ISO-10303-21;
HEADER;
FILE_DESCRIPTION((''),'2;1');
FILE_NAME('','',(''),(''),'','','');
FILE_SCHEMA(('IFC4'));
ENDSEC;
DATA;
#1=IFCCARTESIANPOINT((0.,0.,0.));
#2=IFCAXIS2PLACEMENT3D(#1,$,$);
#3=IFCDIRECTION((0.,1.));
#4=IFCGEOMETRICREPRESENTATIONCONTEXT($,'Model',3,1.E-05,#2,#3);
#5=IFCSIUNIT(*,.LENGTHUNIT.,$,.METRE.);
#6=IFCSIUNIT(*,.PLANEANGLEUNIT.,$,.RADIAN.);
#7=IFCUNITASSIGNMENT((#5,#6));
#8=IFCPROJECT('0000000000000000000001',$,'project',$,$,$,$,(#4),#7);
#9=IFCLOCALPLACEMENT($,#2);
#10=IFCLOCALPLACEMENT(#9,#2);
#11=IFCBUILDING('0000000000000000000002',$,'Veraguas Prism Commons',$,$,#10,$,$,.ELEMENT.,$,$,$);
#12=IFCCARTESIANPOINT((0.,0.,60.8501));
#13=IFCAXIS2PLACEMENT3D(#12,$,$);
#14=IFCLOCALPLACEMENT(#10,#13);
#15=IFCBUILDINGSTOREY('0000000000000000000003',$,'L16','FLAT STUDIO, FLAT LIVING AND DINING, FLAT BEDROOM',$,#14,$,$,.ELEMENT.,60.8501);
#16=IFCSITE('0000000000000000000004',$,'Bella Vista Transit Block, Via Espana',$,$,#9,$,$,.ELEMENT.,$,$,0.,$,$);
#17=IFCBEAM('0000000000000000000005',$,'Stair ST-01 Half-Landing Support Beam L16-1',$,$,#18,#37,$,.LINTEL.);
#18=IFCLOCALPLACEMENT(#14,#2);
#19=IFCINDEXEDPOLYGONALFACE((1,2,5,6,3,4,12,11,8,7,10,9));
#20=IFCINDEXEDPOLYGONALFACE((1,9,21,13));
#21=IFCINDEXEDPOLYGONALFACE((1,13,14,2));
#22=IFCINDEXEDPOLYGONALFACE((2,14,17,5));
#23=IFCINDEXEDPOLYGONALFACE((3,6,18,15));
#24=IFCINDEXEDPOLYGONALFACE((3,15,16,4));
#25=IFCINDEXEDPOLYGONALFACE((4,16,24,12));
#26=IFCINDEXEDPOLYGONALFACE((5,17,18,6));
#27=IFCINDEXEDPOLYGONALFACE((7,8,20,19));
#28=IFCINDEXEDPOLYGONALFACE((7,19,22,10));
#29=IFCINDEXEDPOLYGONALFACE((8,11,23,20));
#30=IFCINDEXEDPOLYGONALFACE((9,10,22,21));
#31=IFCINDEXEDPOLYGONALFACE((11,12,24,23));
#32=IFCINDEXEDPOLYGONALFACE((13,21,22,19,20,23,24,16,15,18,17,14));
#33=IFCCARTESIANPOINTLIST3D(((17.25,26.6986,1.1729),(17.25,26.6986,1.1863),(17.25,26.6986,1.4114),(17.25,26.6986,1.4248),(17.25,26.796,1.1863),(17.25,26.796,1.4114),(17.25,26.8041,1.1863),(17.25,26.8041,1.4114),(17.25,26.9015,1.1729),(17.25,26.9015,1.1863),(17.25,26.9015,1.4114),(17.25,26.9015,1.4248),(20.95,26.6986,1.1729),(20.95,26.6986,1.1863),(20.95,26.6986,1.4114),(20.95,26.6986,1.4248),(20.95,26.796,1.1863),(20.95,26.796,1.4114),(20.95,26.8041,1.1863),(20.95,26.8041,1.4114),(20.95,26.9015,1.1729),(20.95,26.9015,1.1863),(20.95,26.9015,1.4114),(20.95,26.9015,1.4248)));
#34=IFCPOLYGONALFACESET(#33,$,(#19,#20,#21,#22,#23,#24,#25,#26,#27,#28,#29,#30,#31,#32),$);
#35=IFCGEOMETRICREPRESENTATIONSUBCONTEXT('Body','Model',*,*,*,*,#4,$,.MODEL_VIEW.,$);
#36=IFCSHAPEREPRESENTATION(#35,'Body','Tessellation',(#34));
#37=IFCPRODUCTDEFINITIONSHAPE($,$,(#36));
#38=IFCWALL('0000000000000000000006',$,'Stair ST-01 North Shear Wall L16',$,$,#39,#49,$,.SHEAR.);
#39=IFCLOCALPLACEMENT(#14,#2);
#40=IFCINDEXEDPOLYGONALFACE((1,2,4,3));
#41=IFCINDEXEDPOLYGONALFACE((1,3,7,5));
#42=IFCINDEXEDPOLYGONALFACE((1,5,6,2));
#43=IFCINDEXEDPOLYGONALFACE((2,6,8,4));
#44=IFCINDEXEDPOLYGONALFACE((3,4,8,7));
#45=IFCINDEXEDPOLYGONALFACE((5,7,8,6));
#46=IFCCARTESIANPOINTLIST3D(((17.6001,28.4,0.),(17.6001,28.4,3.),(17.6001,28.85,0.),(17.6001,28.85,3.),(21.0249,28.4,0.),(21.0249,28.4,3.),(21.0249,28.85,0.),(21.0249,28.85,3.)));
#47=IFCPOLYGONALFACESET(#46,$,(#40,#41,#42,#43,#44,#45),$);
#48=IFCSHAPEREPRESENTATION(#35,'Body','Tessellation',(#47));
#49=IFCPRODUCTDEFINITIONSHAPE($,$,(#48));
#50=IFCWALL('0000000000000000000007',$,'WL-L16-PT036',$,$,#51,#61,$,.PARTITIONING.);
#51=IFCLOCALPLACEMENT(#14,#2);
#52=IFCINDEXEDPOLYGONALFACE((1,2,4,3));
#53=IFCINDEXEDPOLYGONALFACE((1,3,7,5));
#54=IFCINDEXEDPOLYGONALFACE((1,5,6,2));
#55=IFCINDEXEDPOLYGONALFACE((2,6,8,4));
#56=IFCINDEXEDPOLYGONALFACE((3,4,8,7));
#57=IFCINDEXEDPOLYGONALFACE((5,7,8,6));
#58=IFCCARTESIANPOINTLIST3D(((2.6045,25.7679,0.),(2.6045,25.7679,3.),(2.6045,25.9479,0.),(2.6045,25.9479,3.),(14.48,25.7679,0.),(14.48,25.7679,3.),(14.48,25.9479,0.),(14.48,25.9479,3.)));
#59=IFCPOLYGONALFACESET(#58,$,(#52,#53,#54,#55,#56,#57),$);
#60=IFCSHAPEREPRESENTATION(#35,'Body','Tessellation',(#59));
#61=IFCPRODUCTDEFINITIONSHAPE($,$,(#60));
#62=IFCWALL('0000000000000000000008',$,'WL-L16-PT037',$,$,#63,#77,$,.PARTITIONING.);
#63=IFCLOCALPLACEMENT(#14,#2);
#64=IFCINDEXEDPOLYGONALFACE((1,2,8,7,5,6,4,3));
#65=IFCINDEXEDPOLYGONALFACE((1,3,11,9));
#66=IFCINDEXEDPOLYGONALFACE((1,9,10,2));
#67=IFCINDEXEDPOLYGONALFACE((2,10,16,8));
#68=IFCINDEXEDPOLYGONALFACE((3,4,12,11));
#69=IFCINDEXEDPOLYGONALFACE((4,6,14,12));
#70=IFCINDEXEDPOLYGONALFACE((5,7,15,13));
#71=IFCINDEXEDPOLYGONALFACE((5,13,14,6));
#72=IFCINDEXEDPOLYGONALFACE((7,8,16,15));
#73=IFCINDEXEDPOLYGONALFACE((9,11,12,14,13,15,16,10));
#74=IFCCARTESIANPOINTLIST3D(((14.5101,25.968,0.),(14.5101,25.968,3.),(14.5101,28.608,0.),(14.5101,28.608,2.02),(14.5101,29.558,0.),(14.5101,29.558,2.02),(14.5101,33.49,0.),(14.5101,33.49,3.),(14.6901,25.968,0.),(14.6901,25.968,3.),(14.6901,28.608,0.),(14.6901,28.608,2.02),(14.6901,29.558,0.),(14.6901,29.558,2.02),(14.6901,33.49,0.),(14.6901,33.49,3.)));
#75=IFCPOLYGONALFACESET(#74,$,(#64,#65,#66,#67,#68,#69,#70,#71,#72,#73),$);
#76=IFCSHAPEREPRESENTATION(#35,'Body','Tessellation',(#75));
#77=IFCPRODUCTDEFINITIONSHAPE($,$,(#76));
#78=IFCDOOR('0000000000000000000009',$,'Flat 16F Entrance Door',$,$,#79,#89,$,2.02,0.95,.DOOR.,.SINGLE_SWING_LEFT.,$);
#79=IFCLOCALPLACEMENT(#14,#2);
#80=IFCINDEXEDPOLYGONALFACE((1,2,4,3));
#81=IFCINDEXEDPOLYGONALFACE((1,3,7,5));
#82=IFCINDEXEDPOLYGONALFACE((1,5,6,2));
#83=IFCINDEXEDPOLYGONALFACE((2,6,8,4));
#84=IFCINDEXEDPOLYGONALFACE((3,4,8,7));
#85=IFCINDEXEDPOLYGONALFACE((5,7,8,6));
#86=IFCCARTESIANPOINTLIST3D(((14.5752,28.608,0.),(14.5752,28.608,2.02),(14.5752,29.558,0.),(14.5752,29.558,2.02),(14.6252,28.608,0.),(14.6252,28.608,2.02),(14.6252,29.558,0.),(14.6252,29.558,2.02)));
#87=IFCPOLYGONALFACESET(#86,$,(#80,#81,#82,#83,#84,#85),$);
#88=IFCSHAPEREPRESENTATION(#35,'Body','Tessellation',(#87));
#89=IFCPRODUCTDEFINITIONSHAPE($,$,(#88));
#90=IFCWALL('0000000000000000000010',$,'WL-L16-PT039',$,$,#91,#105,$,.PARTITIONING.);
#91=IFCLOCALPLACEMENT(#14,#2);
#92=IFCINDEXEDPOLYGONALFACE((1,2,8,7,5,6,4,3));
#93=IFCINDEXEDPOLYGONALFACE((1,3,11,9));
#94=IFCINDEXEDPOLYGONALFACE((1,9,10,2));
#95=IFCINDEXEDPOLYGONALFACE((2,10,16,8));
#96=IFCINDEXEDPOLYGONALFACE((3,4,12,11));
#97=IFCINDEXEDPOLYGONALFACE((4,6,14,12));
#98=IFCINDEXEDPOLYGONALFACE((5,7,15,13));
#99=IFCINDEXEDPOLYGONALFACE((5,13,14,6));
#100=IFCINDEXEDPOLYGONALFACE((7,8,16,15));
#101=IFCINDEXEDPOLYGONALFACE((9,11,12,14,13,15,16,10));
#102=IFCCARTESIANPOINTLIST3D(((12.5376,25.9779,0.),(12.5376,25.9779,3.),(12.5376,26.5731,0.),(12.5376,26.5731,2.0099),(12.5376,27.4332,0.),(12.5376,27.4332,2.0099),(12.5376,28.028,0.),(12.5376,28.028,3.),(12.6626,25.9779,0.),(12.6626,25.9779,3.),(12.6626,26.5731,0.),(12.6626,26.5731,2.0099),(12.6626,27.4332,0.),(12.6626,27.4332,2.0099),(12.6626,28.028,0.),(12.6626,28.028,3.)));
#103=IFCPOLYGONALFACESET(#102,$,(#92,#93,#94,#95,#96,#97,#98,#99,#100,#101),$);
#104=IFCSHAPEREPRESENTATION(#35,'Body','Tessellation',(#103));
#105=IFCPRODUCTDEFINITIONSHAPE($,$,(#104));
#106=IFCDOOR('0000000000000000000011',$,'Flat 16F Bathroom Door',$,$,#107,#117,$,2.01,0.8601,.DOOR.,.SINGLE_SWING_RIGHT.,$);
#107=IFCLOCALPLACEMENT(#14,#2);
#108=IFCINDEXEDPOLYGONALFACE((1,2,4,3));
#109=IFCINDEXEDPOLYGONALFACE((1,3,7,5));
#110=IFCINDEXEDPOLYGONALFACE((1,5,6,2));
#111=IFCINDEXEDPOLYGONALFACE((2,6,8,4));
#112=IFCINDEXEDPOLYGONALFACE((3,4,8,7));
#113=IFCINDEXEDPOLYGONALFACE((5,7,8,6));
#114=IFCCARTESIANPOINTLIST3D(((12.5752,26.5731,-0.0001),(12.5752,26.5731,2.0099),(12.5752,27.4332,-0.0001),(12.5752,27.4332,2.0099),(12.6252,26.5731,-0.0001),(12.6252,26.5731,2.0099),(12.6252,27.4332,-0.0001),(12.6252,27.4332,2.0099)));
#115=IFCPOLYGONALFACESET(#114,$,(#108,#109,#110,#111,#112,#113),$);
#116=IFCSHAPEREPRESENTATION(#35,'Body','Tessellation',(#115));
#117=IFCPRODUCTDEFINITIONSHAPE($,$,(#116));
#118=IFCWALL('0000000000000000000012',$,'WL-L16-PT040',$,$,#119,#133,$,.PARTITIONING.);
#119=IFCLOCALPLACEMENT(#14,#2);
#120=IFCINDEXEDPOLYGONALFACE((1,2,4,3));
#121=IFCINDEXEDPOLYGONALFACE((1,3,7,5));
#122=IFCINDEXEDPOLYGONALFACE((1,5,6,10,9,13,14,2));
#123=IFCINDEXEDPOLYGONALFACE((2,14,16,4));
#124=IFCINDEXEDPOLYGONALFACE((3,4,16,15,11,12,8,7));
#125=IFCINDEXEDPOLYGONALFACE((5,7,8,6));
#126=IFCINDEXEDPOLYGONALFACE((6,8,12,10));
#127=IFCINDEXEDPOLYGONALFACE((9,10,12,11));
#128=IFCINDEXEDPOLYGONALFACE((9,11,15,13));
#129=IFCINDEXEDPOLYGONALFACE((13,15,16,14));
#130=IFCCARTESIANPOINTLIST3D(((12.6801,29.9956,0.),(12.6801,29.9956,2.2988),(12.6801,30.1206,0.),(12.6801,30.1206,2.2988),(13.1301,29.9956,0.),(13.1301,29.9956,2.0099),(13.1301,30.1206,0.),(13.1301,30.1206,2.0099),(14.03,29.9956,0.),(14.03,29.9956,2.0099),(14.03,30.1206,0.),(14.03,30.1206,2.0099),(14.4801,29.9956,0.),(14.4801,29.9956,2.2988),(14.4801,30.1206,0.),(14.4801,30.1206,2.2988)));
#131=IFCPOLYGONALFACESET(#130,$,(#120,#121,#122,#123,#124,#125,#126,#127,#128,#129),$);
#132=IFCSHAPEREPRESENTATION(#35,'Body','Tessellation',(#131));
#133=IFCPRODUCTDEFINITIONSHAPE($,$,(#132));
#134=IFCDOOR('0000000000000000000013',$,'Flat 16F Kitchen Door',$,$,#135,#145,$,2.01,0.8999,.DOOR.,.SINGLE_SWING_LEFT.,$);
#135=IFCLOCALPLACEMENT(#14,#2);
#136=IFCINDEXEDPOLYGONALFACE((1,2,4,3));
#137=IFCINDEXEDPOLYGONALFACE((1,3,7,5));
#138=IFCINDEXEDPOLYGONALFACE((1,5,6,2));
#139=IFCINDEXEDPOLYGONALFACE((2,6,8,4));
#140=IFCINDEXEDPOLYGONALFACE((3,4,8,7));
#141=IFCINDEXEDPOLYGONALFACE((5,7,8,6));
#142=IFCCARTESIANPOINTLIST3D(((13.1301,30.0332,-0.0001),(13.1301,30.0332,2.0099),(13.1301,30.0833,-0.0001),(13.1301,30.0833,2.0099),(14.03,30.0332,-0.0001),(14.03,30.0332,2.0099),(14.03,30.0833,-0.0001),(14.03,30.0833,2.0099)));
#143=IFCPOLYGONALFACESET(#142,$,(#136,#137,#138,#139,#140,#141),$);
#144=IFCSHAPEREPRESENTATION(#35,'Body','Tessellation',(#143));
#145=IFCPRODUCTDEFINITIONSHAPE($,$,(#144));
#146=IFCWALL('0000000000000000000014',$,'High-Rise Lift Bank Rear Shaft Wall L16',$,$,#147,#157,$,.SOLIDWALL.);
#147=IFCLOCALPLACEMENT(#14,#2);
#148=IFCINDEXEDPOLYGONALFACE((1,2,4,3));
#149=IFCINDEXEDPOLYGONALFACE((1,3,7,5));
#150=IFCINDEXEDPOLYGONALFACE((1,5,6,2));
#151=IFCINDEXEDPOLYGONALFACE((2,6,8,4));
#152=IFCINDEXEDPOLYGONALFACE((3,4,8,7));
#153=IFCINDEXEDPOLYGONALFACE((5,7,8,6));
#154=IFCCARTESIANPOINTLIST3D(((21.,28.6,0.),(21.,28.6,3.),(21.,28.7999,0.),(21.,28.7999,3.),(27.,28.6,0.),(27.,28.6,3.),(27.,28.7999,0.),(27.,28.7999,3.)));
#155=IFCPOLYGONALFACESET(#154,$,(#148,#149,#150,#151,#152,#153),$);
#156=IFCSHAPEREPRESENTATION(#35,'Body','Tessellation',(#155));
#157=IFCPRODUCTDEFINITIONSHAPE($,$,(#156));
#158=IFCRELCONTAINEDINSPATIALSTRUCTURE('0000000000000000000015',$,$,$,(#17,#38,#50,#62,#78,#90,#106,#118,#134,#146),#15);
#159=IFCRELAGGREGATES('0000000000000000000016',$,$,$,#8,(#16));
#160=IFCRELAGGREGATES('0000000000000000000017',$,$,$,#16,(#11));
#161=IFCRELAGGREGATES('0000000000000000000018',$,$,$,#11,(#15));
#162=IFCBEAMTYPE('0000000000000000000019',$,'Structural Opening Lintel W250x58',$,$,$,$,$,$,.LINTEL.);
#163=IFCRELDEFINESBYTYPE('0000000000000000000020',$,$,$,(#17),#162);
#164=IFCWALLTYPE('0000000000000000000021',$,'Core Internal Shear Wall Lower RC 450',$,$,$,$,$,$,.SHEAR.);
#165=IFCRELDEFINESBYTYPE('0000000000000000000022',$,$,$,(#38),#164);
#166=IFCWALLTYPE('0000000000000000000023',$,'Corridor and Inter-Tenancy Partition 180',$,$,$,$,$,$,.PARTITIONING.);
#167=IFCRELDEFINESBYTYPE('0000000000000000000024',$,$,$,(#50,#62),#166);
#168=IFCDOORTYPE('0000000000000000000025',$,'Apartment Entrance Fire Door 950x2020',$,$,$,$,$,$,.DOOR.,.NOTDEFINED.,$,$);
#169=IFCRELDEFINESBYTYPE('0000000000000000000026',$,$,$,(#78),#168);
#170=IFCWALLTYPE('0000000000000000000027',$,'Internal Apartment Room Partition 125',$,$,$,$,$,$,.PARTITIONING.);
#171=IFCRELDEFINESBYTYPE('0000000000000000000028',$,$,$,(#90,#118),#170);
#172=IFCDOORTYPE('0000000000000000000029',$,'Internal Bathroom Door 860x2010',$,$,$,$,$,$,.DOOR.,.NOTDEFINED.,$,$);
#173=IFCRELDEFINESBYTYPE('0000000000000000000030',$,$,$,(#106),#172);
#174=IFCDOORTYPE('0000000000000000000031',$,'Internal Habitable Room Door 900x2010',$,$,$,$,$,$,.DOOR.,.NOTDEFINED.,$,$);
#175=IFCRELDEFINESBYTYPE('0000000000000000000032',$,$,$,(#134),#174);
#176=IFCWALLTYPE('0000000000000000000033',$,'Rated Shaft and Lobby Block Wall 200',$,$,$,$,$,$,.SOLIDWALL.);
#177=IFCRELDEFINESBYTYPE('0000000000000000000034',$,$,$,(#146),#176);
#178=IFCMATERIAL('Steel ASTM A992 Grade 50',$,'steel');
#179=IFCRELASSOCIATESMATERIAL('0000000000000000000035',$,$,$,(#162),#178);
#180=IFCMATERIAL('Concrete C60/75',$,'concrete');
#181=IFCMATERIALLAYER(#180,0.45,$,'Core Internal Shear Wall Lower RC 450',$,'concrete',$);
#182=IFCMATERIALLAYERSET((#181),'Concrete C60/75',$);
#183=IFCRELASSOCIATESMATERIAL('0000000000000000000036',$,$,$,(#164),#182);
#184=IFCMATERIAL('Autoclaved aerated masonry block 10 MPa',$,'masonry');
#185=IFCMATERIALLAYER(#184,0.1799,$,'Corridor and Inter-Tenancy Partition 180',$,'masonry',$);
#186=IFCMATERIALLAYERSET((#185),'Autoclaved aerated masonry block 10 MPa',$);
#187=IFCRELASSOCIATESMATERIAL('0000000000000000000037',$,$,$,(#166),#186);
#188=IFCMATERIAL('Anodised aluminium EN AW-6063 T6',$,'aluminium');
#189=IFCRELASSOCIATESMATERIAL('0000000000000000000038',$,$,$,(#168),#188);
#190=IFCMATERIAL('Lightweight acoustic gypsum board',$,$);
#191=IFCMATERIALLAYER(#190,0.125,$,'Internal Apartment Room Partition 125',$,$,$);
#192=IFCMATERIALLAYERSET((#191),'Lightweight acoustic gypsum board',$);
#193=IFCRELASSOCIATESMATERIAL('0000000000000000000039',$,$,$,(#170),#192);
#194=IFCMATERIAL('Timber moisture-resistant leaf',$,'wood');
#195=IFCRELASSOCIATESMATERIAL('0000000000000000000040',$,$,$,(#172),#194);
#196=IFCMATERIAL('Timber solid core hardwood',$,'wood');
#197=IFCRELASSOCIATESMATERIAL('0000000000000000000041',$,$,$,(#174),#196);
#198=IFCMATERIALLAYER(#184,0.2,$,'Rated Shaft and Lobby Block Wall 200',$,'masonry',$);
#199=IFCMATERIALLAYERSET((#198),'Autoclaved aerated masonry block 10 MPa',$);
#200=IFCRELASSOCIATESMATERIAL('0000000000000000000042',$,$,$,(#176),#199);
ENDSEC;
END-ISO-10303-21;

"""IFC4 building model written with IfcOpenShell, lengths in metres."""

from ifc_helpers import new_model, si_unit, direction, frame, frame_2d, origin, origin_2d, place, context, subcontext, project, spatial, rectangle, i_section, extrude, source, transform, mapped, material, layer, layer_set, material_profile, profile_set, type_object, element, fill, save


model = new_model("IFC4")

# Units and contexts
model_context = context("Model", 3, precision=1e-05, world=origin(), true_north=direction((0.0, 1.0)))
body_context = subcontext(model_context, "Body", "Model", "MODEL_VIEW")
ifc_project = project(units=[si_unit("LENGTHUNIT", "METRE"), si_unit("PLANEANGLEUNIT", "RADIAN")], contexts=[model_context])

# Site, building, storey
site_placement = place(None, origin())
site = spatial("IfcSite", under=ifc_project, at=site_placement, Name="Bella Vista Transit Block, Via Espana", CompositionType="ELEMENT", RefElevation=0.0)
building_placement = place(site_placement, origin())
building = spatial("IfcBuilding", under=site, at=building_placement, Name="Veraguas Prism Commons", CompositionType="ELEMENT")
storey_placement = place(building_placement, frame((0.0, 0.0, 60.8501)))
storey = spatial("IfcBuildingStorey", under=building, at=storey_placement, Name="L16", Description="FLAT STUDIO, FLAT LIVING AND DINING, FLAT BEDROOM", CompositionType="ELEMENT", Elevation=60.8501)

# Beam
ifc_material_1 = material(Name="Steel ASTM A992 Grade 50", Category="steel")
ifc_material_profile = material_profile(ifc_material_1, i_section(OverallWidth=0.2029, OverallDepth=0.252, WebThickness=0.0081, FlangeThickness=0.0134, at=origin_2d()), Name="W250X58")
ifc_profile_set = profile_set([ifc_material_profile], Name="Steel ASTM A992 Grade 50")
beam_type = type_object("IfcBeamType", Name="Structural Opening Lintel W250x58", PredefinedType="LINTEL", material=ifc_profile_set)
beam_placement = place(storey_placement, frame((17.25, 26.8, 1.2988), z_axis=(1.0, 0.0, 0.0), x_axis=(0.0, 1.0, 0.0)))
element("IfcBeam", 1, at=beam_placement, inside=storey, type_object=beam_type, Name="Stair ST-01 Half-Landing Support Beam L16-1", PredefinedType="LINTEL", context=body_context, shape_type="SweptSolid", body=[
    extrude(i_section(OverallWidth=0.2029, OverallDepth=0.252, WebThickness=0.0081, FlangeThickness=0.0134, at=origin_2d()), origin(), (0.0, 0.0, 1.0), 3.7),
])

# Walls
ifc_material_2 = material(Name="Concrete C60/75", Category="concrete")
ifc_layer_1 = layer(ifc_material_2, 0.45, Name="Core Internal Shear Wall Lower RC 450", Category="concrete")
ifc_layer_set_1 = layer_set([ifc_layer_1], Name="Concrete C60/75")
wall_type_1 = type_object("IfcWallType", Name="Core Internal Shear Wall Lower RC 450", PredefinedType="SHEAR", material=ifc_layer_set_1)
wall_1_placement = place(storey_placement, frame((17.6001, 28.625, 0.0), z_axis=(0.0, 0.0, 1.0), x_axis=(1.0, 0.0, 0.0)))
element("IfcWall", 2, at=wall_1_placement, inside=storey, type_object=wall_type_1, Name="Stair ST-01 North Shear Wall L16", PredefinedType="SHEAR", context=body_context, shape_type="SweptSolid", body=[
    extrude(rectangle(XDim=3.4248, YDim=0.45, at=frame_2d((1.7124, 0.0))), origin(), (0.0, 0.0, 1.0), 3.0),
])
ifc_material_3 = material(Name="Autoclaved aerated masonry block 10 MPa", Category="masonry")
ifc_layer_2 = layer(ifc_material_3, 0.1799, Name="Corridor and Inter-Tenancy Partition 180", Category="masonry")
ifc_layer_set_2 = layer_set([ifc_layer_2], Name="Autoclaved aerated masonry block 10 MPa")
wall_type_2 = type_object("IfcWallType", Name="Corridor and Inter-Tenancy Partition 180", PredefinedType="PARTITIONING", material=ifc_layer_set_2)
wall_2_placement = place(storey_placement, frame((14.48, 25.8579, 0.0), z_axis=(0.0, 0.0, 1.0), x_axis=(-1.0, 0.0, 0.0)))
element("IfcWall", 3, at=wall_2_placement, inside=storey, type_object=wall_type_2, Name="WL-L16-PT036", PredefinedType="PARTITIONING", context=body_context, shape_type="SweptSolid", body=[
    extrude(rectangle(XDim=11.8755, YDim=0.1799, at=frame_2d((5.9377, 0.0))), origin(), (0.0, 0.0, 1.0), 3.0),
])

# Walls, openings, doors
wall_3_placement = place(storey_placement, frame((14.6001, 25.968, 0.0), z_axis=(0.0, 0.0, 1.0), x_axis=(0.0, 1.0, 0.0)))
wall_3 = element("IfcWall", 4, at=wall_3_placement, inside=storey, type_object=wall_type_2, Name="WL-L16-PT037", PredefinedType="PARTITIONING", context=body_context, shape_type="SweptSolid", body=[
    extrude(rectangle(XDim=7.522, YDim=0.1799, at=frame_2d((3.761, 0.0))), origin(), (0.0, 0.0, 1.0), 3.0),
])
opening_1_placement = place(wall_3_placement, frame((2.6399, 0.0, 0.0)))
opening_1 = element("IfcOpeningElement", 5, at=opening_1_placement, cuts=wall_3, PredefinedType="OPENING", context=body_context, shape_type="SweptSolid", body=[
    extrude(rectangle(XDim=0.95, YDim=2.02, at=frame_2d((0.4751, 1.01))), frame((0.0, 0.0999, 0.0), z_axis=(0.0, -1.0, 0.0), x_axis=(1.0, 0.0, 0.0)), (0.0, 0.0, 1.0), 0.2),
])
ifc_material_4 = material(Name="Anodised aluminium EN AW-6063 T6", Category="aluminium")
door_type_1 = type_object("IfcDoorType", Name="Apartment Entrance Fire Door 950x2020", OperationType="NOTDEFINED", PredefinedType="DOOR", material=ifc_material_4)
shared_shape_1 = source(origin(), body_context, "Body", "SweptSolid", [
    extrude(rectangle(XDim=0.95, YDim=2.02, at=frame_2d((0.4751, 1.01))), frame((0.0, 0.0249, 0.0), z_axis=(0.0, -1.0, 0.0), x_axis=(1.0, 0.0, 0.0)), (0.0, 0.0, 1.0), 0.05),
])
door_1_placement = place(opening_1_placement, origin())
door_1 = element("IfcDoor", 6, at=door_1_placement, inside=storey, type_object=door_type_1, Name="Flat 16F Entrance Door", OperationType="SINGLE_SWING_LEFT", OverallHeight=2.02, OverallWidth=0.95, PredefinedType="DOOR", context=body_context, shape_type="MappedRepresentation", body=[
    mapped(shared_shape_1, transform((0.0, 0.0, 0.0), scale=1.0)),
])
fill(opening_1, door_1)
ifc_material_5 = material(Name="Lightweight acoustic gypsum board")
ifc_layer_3 = layer(ifc_material_5, 0.125, Name="Internal Apartment Room Partition 125")
ifc_layer_set_3 = layer_set([ifc_layer_3], Name="Lightweight acoustic gypsum board")
wall_type_3 = type_object("IfcWallType", Name="Internal Apartment Room Partition 125", PredefinedType="PARTITIONING", material=ifc_layer_set_3)
wall_4_placement = place(storey_placement, frame((12.6001, 25.978, 0.0), z_axis=(0.0, 0.0, 1.0), x_axis=(0.0, 1.0, 0.0)))
wall_4 = element("IfcWall", 7, at=wall_4_placement, inside=storey, type_object=wall_type_3, Name="WL-L16-PT039", PredefinedType="PARTITIONING", context=body_context, shape_type="SweptSolid", body=[
    extrude(rectangle(XDim=2.05, YDim=0.125, at=frame_2d((1.0249, 0.0))), origin(), (0.0, 0.0, 1.0), 3.0),
])
opening_2_placement = place(wall_4_placement, frame((0.595, 0.0, 0.0)))
opening_2 = element("IfcOpeningElement", 8, at=opening_2_placement, cuts=wall_4, PredefinedType="OPENING", context=body_context, shape_type="SweptSolid", body=[
    extrude(rectangle(XDim=0.8601, YDim=2.01, at=frame_2d((0.4302, 1.0049))), frame((0.0, 0.0725, 0.0), z_axis=(0.0, -1.0, 0.0), x_axis=(1.0, 0.0, 0.0)), (0.0, 0.0, 1.0), 0.145),
])
ifc_material_6 = material(Name="Timber moisture-resistant leaf", Category="wood")
door_type_2 = type_object("IfcDoorType", Name="Internal Bathroom Door 860x2010", OperationType="NOTDEFINED", PredefinedType="DOOR", material=ifc_material_6)
shared_shape_2 = source(origin(), body_context, "Body", "SweptSolid", [
    extrude(rectangle(XDim=0.8601, YDim=2.01, at=frame_2d((0.4302, 1.0049))), frame((0.0, 0.0249, 0.0), z_axis=(0.0, -1.0, 0.0), x_axis=(1.0, 0.0, 0.0)), (0.0, 0.0, 1.0), 0.05),
])
door_2_placement = place(opening_2_placement, origin())
door_2 = element("IfcDoor", 9, at=door_2_placement, inside=storey, type_object=door_type_2, Name="Flat 16F Bathroom Door", OperationType="SINGLE_SWING_RIGHT", OverallHeight=2.01, OverallWidth=0.8601, PredefinedType="DOOR", context=body_context, shape_type="MappedRepresentation", body=[
    mapped(shared_shape_2, transform((0.0, 0.0, 0.0), scale=1.0)),
])
fill(opening_2, door_2)
wall_5_placement = place(storey_placement, frame((14.48, 30.0581, 0.0), z_axis=(0.0, 0.0, 1.0), x_axis=(-1.0, 0.0, 0.0)))
wall_5 = element("IfcWall", 10, at=wall_5_placement, inside=storey, type_object=wall_type_3, Name="WL-L16-PT040", PredefinedType="PARTITIONING", context=body_context, shape_type="SweptSolid", body=[
    extrude(rectangle(XDim=1.8, YDim=0.125, at=frame_2d((0.8999, 0.0))), origin(), (0.0, 0.0, 1.0), 2.2988),
])
opening_3_placement = place(wall_5_placement, frame((0.45, 0.0, 0.0)))
opening_3 = element("IfcOpeningElement", 11, at=opening_3_placement, cuts=wall_5, PredefinedType="OPENING", context=body_context, shape_type="SweptSolid", body=[
    extrude(rectangle(XDim=0.8999, YDim=2.01, at=frame_2d((0.45, 1.0049))), frame((0.0, 0.0725, 0.0), z_axis=(0.0, -1.0, 0.0), x_axis=(1.0, 0.0, 0.0)), (0.0, 0.0, 1.0), 0.145),
])
ifc_material_7 = material(Name="Timber solid core hardwood", Category="wood")
door_type_3 = type_object("IfcDoorType", Name="Internal Habitable Room Door 900x2010", OperationType="NOTDEFINED", PredefinedType="DOOR", material=ifc_material_7)
shared_shape_3 = source(origin(), body_context, "Body", "SweptSolid", [
    extrude(rectangle(XDim=0.8999, YDim=2.01, at=frame_2d((0.45, 1.0049))), frame((0.0, 0.0249, 0.0), z_axis=(0.0, -1.0, 0.0), x_axis=(1.0, 0.0, 0.0)), (0.0, 0.0, 1.0), 0.05),
])
door_3_placement = place(opening_3_placement, origin())
door_3 = element("IfcDoor", 12, at=door_3_placement, inside=storey, type_object=door_type_3, Name="Flat 16F Kitchen Door", OperationType="SINGLE_SWING_LEFT", OverallHeight=2.01, OverallWidth=0.8999, PredefinedType="DOOR", context=body_context, shape_type="MappedRepresentation", body=[
    mapped(shared_shape_3, transform((0.0, 0.0, 0.0), scale=1.0)),
])
fill(opening_3, door_3)

# Wall
ifc_layer_4 = layer(ifc_material_3, 0.2, Name="Rated Shaft and Lobby Block Wall 200", Category="masonry")
ifc_layer_set_4 = layer_set([ifc_layer_4], Name="Autoclaved aerated masonry block 10 MPa")
wall_type_4 = type_object("IfcWallType", Name="Rated Shaft and Lobby Block Wall 200", PredefinedType="SOLIDWALL", material=ifc_layer_set_4)
wall_6_placement = place(storey_placement, frame((21.0, 28.7, 0.0), z_axis=(0.0, 0.0, 1.0), x_axis=(1.0, 0.0, 0.0)))
element("IfcWall", 13, at=wall_6_placement, inside=storey, type_object=wall_type_4, Name="High-Rise Lift Bank Rear Shaft Wall L16", PredefinedType="SOLIDWALL", context=body_context, shape_type="SweptSolid", body=[
    extrude(rectangle(XDim=6.0, YDim=0.2, at=frame_2d((3.0, 0.0))), origin(), (0.0, 0.0, 1.0), 3.0),
])

save(model, "model.ifc")
